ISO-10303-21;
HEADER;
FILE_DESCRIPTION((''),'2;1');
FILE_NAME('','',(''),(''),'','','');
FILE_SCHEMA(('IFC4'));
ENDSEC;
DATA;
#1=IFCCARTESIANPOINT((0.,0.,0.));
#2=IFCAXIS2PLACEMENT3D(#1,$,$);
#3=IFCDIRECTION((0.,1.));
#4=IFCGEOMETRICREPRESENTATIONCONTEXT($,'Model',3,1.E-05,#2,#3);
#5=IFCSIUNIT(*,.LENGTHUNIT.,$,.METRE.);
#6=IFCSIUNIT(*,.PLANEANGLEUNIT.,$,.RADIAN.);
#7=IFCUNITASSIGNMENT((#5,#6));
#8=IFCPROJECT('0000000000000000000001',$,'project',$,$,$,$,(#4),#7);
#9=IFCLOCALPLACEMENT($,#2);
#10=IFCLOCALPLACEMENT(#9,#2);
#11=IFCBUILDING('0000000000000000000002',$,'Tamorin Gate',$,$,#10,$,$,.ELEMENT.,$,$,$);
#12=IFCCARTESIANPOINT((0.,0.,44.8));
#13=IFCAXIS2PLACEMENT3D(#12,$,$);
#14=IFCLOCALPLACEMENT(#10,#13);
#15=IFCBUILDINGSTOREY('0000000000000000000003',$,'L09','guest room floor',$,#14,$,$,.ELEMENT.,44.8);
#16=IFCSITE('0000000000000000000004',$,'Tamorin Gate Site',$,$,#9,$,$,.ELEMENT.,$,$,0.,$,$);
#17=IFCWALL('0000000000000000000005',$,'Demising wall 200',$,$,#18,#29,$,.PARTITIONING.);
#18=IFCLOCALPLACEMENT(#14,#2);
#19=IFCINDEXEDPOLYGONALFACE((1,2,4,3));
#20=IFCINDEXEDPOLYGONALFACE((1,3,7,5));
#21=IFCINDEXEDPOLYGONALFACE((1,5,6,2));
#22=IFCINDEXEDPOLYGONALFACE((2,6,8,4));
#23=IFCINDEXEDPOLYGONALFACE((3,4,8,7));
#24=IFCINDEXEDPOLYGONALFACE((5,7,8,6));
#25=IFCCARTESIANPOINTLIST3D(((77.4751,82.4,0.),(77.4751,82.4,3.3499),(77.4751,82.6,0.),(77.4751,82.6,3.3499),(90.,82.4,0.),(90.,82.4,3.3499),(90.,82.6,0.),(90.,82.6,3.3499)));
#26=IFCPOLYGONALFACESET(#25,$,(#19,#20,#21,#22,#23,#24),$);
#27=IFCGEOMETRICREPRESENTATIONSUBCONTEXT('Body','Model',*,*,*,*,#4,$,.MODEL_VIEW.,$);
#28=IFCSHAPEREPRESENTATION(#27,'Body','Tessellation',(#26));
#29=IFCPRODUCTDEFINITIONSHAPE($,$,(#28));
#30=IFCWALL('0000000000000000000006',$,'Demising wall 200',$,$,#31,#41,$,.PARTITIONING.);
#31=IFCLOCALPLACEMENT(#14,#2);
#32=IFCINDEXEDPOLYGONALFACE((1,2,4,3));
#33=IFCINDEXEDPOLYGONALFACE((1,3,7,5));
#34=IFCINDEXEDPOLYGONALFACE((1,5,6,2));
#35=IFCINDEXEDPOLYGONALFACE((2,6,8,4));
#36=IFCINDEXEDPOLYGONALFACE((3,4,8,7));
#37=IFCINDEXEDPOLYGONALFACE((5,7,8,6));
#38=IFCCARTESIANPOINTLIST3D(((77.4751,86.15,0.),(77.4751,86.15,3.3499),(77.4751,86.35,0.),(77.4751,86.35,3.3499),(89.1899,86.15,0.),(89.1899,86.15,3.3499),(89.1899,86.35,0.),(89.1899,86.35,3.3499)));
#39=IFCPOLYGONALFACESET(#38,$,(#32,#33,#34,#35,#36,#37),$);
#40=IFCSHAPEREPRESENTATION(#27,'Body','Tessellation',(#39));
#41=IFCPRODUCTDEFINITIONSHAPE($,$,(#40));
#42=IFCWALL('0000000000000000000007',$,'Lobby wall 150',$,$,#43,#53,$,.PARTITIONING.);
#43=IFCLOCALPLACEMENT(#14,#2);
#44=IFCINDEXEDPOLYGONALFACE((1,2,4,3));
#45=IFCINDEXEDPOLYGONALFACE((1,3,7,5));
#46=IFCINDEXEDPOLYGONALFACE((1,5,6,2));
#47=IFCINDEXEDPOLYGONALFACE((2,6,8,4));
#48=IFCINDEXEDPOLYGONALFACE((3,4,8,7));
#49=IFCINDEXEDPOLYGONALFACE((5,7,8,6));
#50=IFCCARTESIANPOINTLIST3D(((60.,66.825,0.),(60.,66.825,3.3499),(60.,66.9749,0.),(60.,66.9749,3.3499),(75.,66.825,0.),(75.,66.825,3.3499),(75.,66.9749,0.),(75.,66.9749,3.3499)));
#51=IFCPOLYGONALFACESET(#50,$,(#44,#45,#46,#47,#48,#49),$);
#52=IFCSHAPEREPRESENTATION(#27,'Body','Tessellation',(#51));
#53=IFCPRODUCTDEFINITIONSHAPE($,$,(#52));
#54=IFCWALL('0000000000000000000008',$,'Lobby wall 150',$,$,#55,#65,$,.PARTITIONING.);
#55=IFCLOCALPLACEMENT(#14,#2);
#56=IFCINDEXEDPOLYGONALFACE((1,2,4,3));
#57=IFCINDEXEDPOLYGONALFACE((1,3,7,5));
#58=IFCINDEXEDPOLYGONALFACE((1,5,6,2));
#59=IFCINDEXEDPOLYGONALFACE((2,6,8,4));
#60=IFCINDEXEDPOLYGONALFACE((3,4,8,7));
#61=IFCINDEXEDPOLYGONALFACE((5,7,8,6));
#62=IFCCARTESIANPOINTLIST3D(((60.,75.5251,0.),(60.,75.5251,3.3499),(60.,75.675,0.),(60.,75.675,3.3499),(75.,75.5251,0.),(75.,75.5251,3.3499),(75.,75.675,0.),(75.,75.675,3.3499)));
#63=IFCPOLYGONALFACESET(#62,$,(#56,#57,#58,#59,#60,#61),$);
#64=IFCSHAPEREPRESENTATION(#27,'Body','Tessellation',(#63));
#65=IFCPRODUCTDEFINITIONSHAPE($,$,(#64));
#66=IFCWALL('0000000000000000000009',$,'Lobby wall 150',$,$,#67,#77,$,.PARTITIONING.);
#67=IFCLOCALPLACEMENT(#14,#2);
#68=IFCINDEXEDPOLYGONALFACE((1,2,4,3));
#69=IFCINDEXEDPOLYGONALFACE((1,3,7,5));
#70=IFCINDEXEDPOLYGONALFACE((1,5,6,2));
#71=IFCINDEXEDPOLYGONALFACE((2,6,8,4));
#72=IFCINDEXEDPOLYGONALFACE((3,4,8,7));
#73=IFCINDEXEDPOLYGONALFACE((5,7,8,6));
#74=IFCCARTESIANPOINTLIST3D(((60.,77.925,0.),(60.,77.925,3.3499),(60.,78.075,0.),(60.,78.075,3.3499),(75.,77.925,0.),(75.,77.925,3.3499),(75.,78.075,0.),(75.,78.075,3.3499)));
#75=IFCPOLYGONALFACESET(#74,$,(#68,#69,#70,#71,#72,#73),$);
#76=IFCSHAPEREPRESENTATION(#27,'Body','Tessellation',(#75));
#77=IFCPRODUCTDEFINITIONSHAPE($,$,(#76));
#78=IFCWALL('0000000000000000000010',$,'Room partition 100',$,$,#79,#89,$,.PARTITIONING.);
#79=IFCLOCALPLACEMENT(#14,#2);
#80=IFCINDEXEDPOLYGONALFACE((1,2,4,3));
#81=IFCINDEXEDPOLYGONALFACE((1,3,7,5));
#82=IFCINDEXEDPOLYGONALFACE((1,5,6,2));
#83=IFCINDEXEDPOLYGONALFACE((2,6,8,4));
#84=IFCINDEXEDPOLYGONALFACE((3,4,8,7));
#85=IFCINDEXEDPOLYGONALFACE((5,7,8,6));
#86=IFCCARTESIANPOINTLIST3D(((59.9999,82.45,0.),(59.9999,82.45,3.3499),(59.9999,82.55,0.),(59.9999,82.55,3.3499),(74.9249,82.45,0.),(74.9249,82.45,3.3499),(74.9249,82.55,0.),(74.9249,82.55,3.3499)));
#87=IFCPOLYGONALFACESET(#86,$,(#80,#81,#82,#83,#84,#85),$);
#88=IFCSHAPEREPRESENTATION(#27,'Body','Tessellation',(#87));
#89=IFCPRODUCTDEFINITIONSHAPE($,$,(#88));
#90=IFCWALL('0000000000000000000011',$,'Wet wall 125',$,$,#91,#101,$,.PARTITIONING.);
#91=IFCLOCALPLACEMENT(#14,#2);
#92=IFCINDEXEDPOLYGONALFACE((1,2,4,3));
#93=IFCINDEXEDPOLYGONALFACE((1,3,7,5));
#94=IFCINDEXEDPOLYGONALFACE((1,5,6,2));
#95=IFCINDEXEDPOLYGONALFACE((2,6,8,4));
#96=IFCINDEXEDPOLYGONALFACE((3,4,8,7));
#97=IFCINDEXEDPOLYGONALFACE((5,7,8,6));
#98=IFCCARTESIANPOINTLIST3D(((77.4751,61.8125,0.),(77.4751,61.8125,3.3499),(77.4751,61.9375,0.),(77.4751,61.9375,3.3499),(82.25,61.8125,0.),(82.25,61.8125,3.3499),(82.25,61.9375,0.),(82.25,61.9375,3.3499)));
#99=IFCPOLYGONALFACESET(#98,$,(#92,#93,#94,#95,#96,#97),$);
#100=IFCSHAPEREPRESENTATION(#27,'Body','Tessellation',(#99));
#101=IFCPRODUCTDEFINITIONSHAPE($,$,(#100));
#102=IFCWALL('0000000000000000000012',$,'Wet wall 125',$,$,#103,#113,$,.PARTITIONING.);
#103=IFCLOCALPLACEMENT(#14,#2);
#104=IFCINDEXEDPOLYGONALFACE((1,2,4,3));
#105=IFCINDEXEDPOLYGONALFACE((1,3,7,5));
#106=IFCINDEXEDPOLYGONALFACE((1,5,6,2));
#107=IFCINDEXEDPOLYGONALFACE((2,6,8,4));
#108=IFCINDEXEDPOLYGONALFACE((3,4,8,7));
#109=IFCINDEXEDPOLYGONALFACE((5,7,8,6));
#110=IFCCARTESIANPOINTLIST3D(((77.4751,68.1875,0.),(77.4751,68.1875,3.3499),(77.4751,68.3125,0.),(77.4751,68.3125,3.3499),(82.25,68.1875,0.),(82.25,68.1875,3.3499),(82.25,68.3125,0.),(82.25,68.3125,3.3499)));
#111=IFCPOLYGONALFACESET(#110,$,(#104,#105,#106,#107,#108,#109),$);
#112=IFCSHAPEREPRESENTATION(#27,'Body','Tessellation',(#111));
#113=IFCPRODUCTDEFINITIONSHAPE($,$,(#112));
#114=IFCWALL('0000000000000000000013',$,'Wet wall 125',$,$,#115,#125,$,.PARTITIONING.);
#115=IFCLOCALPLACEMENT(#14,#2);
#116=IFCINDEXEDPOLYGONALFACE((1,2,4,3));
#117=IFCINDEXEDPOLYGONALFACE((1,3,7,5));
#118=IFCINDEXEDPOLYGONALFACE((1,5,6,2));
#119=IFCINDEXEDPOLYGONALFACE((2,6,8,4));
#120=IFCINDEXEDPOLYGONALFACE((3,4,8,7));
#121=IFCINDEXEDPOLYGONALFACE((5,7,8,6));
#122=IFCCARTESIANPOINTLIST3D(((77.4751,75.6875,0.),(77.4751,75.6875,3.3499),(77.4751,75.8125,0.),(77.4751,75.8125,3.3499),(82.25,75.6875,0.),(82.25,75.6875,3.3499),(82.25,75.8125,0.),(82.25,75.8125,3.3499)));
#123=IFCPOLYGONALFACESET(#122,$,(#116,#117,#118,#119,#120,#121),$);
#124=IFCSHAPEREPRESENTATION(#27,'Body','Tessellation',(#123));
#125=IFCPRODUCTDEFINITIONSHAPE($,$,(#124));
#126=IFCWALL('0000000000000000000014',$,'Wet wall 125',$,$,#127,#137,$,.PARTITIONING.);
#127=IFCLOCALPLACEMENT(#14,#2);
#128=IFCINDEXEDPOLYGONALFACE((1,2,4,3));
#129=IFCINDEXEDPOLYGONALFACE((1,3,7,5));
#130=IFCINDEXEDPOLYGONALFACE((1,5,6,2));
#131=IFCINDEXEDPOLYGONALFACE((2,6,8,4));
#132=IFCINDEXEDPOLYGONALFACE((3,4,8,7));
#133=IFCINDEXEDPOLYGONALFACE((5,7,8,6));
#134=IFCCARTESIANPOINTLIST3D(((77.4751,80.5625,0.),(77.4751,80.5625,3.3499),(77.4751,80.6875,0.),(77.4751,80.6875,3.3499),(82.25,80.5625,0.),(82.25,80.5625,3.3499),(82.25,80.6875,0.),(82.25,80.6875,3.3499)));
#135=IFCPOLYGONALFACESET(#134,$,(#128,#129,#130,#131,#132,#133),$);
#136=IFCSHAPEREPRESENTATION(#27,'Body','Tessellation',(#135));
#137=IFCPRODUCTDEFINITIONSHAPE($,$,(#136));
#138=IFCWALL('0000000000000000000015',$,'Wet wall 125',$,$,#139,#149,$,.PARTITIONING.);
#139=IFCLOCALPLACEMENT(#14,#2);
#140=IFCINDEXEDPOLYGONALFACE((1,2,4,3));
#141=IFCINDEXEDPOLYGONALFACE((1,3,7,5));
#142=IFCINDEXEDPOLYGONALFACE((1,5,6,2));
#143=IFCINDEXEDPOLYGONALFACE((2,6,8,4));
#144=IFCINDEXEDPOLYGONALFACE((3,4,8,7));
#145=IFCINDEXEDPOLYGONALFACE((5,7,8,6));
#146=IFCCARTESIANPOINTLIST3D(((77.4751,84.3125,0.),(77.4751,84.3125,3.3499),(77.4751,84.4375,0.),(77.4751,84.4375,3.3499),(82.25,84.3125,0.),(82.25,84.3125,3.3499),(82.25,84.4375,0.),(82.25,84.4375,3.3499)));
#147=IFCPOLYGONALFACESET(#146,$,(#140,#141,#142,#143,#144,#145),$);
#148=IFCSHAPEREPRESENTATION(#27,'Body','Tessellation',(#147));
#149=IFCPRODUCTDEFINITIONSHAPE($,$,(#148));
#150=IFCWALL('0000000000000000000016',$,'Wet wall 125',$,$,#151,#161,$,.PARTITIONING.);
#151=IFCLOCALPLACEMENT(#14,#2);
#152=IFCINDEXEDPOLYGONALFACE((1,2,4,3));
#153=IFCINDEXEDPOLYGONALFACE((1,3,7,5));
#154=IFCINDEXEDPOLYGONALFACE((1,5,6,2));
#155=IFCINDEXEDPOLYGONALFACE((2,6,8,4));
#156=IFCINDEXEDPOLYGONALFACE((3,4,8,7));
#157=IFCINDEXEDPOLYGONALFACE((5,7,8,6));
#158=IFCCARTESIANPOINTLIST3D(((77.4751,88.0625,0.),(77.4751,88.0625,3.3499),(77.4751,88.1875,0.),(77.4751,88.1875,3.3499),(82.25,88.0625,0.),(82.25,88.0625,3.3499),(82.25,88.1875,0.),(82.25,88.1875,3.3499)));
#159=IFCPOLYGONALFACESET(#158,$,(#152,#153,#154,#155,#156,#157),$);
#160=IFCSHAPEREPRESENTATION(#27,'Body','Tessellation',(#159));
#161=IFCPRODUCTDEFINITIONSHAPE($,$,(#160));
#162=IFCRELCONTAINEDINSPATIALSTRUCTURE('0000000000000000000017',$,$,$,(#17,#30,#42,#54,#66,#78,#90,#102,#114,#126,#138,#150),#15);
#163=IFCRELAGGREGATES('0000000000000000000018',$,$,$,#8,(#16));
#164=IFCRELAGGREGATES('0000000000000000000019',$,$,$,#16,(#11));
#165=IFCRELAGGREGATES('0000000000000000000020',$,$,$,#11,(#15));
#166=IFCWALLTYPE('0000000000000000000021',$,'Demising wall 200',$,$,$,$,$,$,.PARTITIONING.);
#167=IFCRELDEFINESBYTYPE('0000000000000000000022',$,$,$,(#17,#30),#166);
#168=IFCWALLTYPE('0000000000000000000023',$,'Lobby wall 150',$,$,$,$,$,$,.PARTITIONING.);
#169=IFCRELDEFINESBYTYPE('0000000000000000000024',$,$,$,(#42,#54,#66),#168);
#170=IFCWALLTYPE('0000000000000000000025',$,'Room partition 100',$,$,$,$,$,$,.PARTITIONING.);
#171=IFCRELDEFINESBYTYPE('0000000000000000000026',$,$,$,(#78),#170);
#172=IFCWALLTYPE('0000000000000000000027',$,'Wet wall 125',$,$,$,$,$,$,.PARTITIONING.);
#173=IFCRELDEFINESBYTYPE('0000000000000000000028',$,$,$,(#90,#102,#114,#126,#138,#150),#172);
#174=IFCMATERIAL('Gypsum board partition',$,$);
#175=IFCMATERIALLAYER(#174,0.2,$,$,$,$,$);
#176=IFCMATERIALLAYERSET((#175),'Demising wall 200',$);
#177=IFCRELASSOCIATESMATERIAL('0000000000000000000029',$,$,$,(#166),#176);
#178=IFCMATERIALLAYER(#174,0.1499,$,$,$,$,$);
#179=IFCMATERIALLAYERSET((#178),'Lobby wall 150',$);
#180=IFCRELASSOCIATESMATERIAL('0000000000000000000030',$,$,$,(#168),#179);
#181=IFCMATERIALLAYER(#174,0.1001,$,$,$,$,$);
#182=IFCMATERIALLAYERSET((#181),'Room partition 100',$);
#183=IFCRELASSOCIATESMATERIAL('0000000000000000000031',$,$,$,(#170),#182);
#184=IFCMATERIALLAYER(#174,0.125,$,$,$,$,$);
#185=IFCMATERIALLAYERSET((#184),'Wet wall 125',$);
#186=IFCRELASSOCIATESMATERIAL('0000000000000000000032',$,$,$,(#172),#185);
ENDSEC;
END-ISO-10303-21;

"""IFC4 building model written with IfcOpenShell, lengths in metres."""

from ifc_helpers import new_model, si_unit, direction, frame, frame_2d, origin, place, context, subcontext, project, spatial, rectangle, extrude, material, layer, layer_set, type_object, element, save


model = new_model("IFC4")

# Units and contexts
model_context = context("Model", 3, precision=1e-05, world=origin(), true_north=direction((0.0, 1.0)))
body_context = subcontext(model_context, "Body", "Model", "MODEL_VIEW")
ifc_project = project(units=[si_unit("LENGTHUNIT", "METRE"), si_unit("PLANEANGLEUNIT", "RADIAN")], contexts=[model_context])

# Site, building, storey
site_placement = place(None, origin())
site = spatial("IfcSite", under=ifc_project, at=site_placement, Name="Tamorin Gate Site", CompositionType="ELEMENT", RefElevation=0.0)
building_placement = place(site_placement, origin())
building = spatial("IfcBuilding", under=site, at=building_placement, Name="Tamorin Gate", CompositionType="ELEMENT")
storey_placement = place(building_placement, frame((0.0, 0.0, 44.8)))
storey = spatial("IfcBuildingStorey", under=building, at=storey_placement, Name="L09", Description="guest room floor", CompositionType="ELEMENT", Elevation=44.8)

# Shared definitions
ifc_material_1 = material(Name="Gypsum board partition")

# Walls
ifc_layer_1 = layer(ifc_material_1, 0.2)
ifc_layer_set_1 = layer_set([ifc_layer_1], Name="Demising wall 200")
wall_type_1 = type_object("IfcWallType", Name="Demising wall 200", PredefinedType="PARTITIONING", material=ifc_layer_set_1)
wall_1_placement = place(storey_placement, frame((77.4751, 82.5, 0.0), z_axis=(0.0, 0.0, 1.0), x_axis=(1.0, 0.0, 0.0)))
element("IfcWall", 1, at=wall_1_placement, inside=storey, type_object=wall_type_1, Name="Demising wall 200", PredefinedType="PARTITIONING", context=body_context, shape_type="SweptSolid", body=[
    extrude(rectangle(XDim=12.5249, YDim=0.2, at=frame_2d((6.2625, 0.0))), origin(), (0.0, 0.0, 1.0), 3.3499),
])
wall_2_placement = place(storey_placement, frame((77.4751, 86.25, 0.0), z_axis=(0.0, 0.0, 1.0), x_axis=(1.0, 0.0, 0.0)))
element("IfcWall", 2, at=wall_2_placement, inside=storey, type_object=wall_type_1, Name="Demising wall 200", PredefinedType="PARTITIONING", context=body_context, shape_type="SweptSolid", body=[
    extrude(rectangle(XDim=11.7148, YDim=0.2, at=frame_2d((5.8574, 0.0))), origin(), (0.0, 0.0, 1.0), 3.3499),
])
ifc_layer_2 = layer(ifc_material_1, 0.1499)
ifc_layer_set_2 = layer_set([ifc_layer_2], Name="Lobby wall 150")
wall_type_2 = type_object("IfcWallType", Name="Lobby wall 150", PredefinedType="PARTITIONING", material=ifc_layer_set_2)
for number, where, z_axis, x_axis, name in (
    (3, (60.0, 66.8999, 0.0), (0.0, 0.0, 1.0), (1.0, 0.0, 0.0), "Lobby wall 150"),
    (4, (60.0, 75.6001, 0.0), (0.0, 0.0, 1.0), (1.0, 0.0, 0.0), "Lobby wall 150"),
    (5, (60.0, 78.0, 0.0), (0.0, 0.0, 1.0), (1.0, 0.0, 0.0), "Lobby wall 150"),
):
    element("IfcWall", number, at=place(storey_placement, frame(where, z_axis=z_axis, x_axis=x_axis)), inside=storey, type_object=wall_type_2, Name=name, PredefinedType="PARTITIONING", context=body_context, shape_type="SweptSolid", body=[
        extrude(rectangle(XDim=15.0, YDim=0.1499, at=frame_2d((7.5, 0.0))), origin(), (0.0, 0.0, 1.0), 3.3499),
    ])
ifc_layer_3 = layer(ifc_material_1, 0.1001)
ifc_layer_set_3 = layer_set([ifc_layer_3], Name="Room partition 100")
wall_type_3 = type_object("IfcWallType", Name="Room partition 100", PredefinedType="PARTITIONING", material=ifc_layer_set_3)
wall_3_placement = place(storey_placement, frame((60.0, 82.5, 0.0), z_axis=(0.0, 0.0, 1.0), x_axis=(1.0, 0.0, 0.0)))
element("IfcWall", 6, at=wall_3_placement, inside=storey, type_object=wall_type_3, Name="Room partition 100", PredefinedType="PARTITIONING", context=body_context, shape_type="SweptSolid", body=[
    extrude(rectangle(XDim=14.925, YDim=0.1001, at=frame_2d((7.4624, 0.0))), origin(), (0.0, 0.0, 1.0), 3.3499),
])
ifc_layer_4 = layer(ifc_material_1, 0.125)
ifc_layer_set_4 = layer_set([ifc_layer_4], Name="Wet wall 125")
wall_type_4 = type_object("IfcWallType", Name="Wet wall 125", PredefinedType="PARTITIONING", material=ifc_layer_set_4)
for number, where, z_axis, x_axis, name in (
    (7, (77.4751, 61.875, 0.0), (0.0, 0.0, 1.0), (1.0, 0.0, 0.0), "Wet wall 125"),
    (8, (77.4751, 68.25, 0.0), (0.0, 0.0, 1.0), (1.0, 0.0, 0.0), "Wet wall 125"),
    (9, (77.4751, 75.75, 0.0), (0.0, 0.0, 1.0), (1.0, 0.0, 0.0), "Wet wall 125"),
    (10, (77.4751, 80.625, 0.0), (0.0, 0.0, 1.0), (1.0, 0.0, 0.0), "Wet wall 125"),
    (11, (77.4751, 84.375, 0.0), (0.0, 0.0, 1.0), (1.0, 0.0, 0.0), "Wet wall 125"),
    (12, (77.4751, 88.125, 0.0), (0.0, 0.0, 1.0), (1.0, 0.0, 0.0), "Wet wall 125"),
):
    element("IfcWall", number, at=place(storey_placement, frame(where, z_axis=z_axis, x_axis=x_axis)), inside=storey, type_object=wall_type_4, Name=name, PredefinedType="PARTITIONING", context=body_context, shape_type="SweptSolid", body=[
        extrude(rectangle(XDim=4.7749, YDim=0.125, at=frame_2d((2.3875, 0.0))), origin(), (0.0, 0.0, 1.0), 3.3499),
    ])

save(model, "model.ifc")
